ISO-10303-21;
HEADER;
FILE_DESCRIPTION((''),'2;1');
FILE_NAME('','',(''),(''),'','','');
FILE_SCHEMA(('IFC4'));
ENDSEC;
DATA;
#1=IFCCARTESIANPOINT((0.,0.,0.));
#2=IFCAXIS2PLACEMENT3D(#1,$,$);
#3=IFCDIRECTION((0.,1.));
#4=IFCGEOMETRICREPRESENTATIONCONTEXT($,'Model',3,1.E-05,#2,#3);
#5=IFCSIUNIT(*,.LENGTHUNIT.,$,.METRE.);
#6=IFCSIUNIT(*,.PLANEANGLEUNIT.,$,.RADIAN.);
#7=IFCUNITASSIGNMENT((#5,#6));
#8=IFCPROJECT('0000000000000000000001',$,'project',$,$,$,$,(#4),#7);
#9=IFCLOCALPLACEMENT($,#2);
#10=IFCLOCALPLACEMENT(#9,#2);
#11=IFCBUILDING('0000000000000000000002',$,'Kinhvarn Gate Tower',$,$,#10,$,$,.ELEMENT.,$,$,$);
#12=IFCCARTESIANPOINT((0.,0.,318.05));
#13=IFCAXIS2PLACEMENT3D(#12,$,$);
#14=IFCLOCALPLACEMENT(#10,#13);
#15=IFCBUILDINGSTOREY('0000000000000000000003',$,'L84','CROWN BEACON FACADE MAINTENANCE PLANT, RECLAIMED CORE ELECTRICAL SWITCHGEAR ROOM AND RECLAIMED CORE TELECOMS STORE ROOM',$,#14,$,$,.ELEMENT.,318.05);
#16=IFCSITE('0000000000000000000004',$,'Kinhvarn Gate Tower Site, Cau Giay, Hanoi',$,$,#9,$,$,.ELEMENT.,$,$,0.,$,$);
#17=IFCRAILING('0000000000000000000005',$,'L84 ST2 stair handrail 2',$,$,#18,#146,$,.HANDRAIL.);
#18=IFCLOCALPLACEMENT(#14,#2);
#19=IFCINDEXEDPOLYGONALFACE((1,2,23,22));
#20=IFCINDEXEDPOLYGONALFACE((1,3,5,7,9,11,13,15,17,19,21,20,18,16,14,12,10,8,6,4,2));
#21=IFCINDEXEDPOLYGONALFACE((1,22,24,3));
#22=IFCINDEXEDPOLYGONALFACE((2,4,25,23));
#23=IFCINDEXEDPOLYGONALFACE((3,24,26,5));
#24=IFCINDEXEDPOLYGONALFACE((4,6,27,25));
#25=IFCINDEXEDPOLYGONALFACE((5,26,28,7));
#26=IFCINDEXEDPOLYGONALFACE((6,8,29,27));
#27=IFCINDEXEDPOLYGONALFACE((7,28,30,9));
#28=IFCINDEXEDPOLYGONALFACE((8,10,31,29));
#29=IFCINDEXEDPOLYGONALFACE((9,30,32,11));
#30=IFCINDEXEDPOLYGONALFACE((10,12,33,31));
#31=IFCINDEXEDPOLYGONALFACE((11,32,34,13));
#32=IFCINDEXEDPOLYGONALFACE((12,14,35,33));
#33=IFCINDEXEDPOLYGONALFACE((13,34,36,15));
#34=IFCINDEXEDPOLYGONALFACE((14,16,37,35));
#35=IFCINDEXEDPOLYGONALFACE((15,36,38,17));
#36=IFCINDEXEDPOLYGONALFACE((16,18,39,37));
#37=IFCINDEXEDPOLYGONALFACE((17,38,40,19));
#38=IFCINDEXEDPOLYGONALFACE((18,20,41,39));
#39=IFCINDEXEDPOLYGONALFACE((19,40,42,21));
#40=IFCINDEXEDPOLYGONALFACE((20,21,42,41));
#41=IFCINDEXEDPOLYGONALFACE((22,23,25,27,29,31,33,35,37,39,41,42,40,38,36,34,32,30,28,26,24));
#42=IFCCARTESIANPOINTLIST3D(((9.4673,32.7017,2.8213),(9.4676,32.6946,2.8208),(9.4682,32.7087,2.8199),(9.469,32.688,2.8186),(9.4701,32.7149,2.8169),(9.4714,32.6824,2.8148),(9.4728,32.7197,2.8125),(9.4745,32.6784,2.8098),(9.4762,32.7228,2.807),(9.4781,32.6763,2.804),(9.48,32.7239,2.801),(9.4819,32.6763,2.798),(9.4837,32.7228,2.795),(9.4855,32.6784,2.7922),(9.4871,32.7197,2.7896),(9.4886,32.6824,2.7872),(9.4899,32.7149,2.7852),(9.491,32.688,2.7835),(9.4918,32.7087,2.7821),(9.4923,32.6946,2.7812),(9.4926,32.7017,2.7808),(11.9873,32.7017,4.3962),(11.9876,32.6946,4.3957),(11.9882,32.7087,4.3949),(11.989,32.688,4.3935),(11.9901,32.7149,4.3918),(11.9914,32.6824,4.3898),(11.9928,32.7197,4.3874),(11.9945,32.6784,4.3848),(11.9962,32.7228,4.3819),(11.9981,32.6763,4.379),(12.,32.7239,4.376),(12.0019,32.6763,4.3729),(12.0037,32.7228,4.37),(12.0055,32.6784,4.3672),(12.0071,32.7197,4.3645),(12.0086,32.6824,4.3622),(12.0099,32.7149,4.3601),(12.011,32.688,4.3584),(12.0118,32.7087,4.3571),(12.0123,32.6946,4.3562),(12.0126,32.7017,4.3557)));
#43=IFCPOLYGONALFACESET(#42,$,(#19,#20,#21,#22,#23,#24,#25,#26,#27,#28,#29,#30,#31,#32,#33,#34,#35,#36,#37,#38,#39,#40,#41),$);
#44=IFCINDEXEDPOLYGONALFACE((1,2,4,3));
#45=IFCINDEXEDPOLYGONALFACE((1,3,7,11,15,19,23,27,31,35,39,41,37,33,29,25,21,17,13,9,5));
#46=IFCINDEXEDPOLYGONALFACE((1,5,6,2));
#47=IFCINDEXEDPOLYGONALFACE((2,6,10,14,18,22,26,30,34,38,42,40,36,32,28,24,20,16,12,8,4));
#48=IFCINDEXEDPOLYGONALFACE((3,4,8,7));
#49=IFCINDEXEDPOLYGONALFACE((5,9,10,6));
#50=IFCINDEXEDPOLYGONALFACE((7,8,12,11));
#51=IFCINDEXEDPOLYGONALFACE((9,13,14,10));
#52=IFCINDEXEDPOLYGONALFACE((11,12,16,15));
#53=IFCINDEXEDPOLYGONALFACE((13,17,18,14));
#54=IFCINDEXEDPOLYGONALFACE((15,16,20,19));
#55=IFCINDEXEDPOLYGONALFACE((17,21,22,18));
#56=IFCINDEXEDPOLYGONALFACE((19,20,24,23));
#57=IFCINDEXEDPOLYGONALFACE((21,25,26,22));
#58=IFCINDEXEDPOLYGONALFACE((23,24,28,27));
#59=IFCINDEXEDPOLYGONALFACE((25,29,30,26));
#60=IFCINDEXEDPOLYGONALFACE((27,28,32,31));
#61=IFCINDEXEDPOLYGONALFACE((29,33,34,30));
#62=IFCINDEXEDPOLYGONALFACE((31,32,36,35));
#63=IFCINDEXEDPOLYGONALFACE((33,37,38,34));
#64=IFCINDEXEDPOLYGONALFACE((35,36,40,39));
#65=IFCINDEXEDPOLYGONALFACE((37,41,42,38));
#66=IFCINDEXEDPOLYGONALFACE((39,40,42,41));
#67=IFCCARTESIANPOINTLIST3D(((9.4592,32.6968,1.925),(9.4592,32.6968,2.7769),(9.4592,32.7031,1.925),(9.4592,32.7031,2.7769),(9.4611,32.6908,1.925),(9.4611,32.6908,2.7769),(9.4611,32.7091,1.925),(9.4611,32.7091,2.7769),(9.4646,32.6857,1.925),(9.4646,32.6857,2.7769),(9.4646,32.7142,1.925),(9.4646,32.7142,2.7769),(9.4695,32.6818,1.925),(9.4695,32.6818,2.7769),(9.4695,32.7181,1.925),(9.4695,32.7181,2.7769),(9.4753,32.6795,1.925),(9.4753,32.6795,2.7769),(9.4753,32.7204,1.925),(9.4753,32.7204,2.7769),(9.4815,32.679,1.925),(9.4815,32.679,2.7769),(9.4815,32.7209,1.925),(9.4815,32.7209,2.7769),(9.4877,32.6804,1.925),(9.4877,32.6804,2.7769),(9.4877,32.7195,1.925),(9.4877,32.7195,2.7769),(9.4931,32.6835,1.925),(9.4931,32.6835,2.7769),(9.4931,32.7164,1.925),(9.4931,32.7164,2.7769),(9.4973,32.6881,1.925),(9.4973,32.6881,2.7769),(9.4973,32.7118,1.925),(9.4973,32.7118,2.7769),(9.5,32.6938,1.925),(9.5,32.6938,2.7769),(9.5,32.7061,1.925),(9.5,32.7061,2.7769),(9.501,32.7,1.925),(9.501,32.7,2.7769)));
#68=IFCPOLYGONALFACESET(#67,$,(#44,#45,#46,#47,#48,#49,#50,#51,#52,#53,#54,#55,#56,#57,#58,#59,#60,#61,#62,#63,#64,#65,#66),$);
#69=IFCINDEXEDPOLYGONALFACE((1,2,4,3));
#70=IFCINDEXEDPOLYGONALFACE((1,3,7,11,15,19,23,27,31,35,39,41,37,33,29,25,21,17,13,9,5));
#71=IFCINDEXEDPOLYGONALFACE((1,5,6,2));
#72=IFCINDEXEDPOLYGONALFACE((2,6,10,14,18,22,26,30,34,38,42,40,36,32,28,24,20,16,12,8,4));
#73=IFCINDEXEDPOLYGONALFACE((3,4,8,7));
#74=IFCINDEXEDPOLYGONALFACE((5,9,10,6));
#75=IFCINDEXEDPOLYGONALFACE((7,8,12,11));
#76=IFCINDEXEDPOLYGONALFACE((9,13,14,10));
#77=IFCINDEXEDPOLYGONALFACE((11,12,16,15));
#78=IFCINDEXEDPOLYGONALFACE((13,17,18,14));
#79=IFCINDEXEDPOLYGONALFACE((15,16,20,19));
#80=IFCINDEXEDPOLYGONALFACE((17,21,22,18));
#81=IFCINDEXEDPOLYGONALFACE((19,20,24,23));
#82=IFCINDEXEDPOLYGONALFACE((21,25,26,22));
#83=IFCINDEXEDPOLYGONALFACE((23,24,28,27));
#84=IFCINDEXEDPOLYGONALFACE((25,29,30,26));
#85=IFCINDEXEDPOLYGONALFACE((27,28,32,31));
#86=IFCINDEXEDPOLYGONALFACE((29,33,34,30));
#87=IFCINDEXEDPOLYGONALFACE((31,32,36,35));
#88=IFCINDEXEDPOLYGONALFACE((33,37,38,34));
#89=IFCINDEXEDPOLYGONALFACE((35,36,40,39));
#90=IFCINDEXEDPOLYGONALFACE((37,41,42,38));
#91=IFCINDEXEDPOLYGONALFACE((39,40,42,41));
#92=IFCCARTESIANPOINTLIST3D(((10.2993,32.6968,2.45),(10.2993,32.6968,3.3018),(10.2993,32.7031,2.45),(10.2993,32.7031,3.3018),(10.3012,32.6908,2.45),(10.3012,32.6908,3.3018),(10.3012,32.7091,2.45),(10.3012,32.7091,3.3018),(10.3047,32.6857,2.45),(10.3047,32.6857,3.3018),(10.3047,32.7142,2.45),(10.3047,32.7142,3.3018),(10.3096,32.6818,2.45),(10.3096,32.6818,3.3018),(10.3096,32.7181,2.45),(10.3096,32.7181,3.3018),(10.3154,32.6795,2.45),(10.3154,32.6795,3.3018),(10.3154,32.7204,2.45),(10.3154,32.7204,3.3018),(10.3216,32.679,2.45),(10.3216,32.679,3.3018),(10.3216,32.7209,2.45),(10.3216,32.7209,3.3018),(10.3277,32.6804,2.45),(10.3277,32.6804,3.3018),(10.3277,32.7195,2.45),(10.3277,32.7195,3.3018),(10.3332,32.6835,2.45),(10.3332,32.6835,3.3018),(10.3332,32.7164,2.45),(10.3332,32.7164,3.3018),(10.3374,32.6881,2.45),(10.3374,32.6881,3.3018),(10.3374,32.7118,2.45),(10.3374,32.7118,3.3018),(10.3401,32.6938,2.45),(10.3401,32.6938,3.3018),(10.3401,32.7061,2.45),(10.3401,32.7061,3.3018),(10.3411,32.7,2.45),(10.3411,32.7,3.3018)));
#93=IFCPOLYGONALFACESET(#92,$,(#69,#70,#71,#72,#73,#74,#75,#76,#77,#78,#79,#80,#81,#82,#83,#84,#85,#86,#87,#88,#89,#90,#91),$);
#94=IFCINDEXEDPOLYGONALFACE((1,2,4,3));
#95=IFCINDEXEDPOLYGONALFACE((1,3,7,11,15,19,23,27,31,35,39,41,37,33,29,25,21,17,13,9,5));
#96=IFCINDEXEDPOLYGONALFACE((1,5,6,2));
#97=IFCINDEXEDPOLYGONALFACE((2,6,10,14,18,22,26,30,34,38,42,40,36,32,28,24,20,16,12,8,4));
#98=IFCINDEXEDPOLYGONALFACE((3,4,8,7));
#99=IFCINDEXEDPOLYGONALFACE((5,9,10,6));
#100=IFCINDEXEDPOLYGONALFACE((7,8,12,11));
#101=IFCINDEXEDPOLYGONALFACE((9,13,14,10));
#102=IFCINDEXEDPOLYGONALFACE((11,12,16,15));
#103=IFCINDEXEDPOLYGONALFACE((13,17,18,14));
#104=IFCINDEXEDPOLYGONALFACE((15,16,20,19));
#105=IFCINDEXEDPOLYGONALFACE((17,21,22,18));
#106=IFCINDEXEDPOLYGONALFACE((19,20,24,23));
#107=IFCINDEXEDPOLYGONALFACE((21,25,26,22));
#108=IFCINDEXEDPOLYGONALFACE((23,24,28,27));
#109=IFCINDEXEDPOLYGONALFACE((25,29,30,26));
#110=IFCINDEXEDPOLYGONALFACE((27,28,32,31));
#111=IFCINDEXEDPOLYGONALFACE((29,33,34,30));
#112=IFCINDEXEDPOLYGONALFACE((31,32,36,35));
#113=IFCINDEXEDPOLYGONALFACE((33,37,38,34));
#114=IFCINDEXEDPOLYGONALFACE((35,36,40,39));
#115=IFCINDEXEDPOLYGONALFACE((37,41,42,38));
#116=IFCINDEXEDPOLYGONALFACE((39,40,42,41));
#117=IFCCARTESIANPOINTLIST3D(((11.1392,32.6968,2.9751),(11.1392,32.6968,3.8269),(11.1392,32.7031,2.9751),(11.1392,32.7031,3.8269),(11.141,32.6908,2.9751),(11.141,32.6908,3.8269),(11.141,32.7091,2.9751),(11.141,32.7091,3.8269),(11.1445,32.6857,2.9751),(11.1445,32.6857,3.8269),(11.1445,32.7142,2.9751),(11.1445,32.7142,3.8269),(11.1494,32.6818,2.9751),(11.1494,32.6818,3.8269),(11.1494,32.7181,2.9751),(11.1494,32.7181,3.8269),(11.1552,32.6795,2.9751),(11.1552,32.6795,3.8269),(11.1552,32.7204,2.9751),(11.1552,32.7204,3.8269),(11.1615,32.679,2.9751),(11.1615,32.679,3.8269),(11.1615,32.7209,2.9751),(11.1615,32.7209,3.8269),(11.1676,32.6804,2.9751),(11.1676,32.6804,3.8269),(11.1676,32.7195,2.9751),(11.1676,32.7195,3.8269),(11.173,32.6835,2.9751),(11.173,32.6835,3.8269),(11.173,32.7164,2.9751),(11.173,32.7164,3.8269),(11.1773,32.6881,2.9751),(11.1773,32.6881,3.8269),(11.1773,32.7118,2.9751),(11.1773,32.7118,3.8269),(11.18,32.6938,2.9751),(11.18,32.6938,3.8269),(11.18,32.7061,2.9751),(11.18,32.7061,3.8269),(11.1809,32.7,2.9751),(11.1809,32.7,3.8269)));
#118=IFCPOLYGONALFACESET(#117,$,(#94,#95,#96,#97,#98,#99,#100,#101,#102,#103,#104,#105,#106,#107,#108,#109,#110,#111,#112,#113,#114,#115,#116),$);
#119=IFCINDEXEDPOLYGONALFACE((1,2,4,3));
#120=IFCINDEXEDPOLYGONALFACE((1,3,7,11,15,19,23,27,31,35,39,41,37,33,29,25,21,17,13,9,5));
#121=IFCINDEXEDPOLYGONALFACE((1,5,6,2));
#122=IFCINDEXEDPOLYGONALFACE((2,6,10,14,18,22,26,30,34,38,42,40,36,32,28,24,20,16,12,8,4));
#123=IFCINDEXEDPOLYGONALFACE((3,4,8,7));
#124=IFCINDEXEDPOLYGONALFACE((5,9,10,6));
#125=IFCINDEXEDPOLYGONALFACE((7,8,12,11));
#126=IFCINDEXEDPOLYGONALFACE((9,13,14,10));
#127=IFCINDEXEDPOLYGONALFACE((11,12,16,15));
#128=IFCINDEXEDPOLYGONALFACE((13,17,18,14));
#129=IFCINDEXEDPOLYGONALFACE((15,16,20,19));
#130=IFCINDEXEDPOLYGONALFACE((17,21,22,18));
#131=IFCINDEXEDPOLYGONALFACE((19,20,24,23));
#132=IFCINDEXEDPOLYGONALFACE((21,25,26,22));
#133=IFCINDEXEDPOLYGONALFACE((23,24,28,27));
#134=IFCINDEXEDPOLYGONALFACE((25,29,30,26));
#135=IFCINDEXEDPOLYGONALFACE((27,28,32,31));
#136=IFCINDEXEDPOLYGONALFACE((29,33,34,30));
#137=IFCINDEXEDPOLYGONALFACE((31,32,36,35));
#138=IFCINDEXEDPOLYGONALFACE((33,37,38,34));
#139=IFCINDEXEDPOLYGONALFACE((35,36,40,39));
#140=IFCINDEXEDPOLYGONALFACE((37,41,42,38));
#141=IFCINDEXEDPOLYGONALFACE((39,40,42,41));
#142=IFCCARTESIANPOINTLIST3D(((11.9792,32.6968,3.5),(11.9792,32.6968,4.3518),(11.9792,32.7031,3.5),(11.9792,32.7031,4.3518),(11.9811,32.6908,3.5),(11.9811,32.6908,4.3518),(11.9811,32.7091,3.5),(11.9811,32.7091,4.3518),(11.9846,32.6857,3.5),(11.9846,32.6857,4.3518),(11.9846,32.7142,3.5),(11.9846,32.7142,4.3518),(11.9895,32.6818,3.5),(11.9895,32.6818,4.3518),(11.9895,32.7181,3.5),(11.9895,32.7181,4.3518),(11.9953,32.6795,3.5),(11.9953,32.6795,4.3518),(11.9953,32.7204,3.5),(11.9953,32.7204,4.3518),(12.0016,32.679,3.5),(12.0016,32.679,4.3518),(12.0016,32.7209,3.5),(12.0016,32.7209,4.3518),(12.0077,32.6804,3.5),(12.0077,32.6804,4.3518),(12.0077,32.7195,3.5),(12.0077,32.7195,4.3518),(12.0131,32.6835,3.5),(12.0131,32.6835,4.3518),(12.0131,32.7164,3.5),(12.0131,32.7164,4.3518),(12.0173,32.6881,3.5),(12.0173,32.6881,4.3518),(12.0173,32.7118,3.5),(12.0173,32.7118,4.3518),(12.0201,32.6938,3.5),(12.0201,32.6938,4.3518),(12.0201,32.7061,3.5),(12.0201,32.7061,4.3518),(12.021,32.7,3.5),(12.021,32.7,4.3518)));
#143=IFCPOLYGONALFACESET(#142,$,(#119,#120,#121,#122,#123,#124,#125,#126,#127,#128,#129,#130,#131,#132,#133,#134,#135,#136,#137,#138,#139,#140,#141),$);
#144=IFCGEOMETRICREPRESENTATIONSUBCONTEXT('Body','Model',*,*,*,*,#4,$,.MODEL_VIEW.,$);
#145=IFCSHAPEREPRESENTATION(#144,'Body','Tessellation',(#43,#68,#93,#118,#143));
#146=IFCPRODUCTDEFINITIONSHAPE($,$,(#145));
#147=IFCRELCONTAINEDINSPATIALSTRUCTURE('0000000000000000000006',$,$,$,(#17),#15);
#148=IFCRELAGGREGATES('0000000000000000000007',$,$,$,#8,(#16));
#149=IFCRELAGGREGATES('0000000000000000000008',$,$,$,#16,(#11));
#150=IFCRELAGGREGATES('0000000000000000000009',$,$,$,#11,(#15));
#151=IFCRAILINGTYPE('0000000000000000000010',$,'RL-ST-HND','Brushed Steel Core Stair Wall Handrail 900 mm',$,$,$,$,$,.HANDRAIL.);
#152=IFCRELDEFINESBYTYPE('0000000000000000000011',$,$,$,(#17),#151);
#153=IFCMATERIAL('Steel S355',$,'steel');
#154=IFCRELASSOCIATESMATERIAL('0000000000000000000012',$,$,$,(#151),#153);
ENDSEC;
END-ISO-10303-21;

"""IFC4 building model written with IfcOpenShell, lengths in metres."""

from ifc_helpers import new_model, si_unit, direction, frame, origin, origin_2d, place, context, subcontext, project, spatial, circle, extrude, material, type_object, element, save


model = new_model("IFC4")

# Units and contexts
model_context = context("Model", 3, precision=1e-05, world=origin(), true_north=direction((0.0, 1.0)))
body_context = subcontext(model_context, "Body", "Model", "MODEL_VIEW")
ifc_project = project(units=[si_unit("LENGTHUNIT", "METRE"), si_unit("PLANEANGLEUNIT", "RADIAN")], contexts=[model_context])

# Site, building, storey
site_placement = place(None, origin())
site = spatial("IfcSite", under=ifc_project, at=site_placement, Name="Kinhvarn Gate Tower Site, Cau Giay, Hanoi", CompositionType="ELEMENT", RefElevation=0.0)
building_placement = place(site_placement, origin())
building = spatial("IfcBuilding", under=site, at=building_placement, Name="Kinhvarn Gate Tower", CompositionType="ELEMENT")
storey_placement = place(building_placement, frame((0.0, 0.0, 318.05)))
storey = spatial("IfcBuildingStorey", under=building, at=storey_placement, Name="L84", Description="CROWN BEACON FACADE MAINTENANCE PLANT, RECLAIMED CORE ELECTRICAL SWITCHGEAR ROOM AND RECLAIMED CORE TELECOMS STORE ROOM", CompositionType="ELEMENT", Elevation=318.05)

# Railing
ifc_material_1 = material(Name="Steel S355", Category="steel")
railing_type = type_object("IfcRailingType", Name="RL-ST-HND", Description="Brushed Steel Core Stair Wall Handrail 900 mm", PredefinedType="HANDRAIL", material=ifc_material_1)
railing_placement = place(storey_placement, frame((9.48, 32.7, 1.925)))
element("IfcRailing", 1, at=railing_placement, inside=storey, type_object=railing_type, Name="L84 ST2 stair handrail 2", PredefinedType="HANDRAIL", context=body_context, shape_type="SweptSolid", body=[
    extrude(circle(Radius=0.0239, at=origin_2d()), frame((0.0, 0.0, 0.876), z_axis=(0.848008, 0.0, 0.529984), x_axis=(0.0, 1.0, 0.0)), (0.0, 0.0, 1.0), 2.9717),
    extrude(circle(Radius=0.021, at=origin_2d()), origin(), (0.0, 0.0, 1.0), 0.8518),
    extrude(circle(Radius=0.021, at=origin_2d()), frame((0.8401, 0.0, 0.5249)), (0.0, 0.0, 1.0), 0.8518),
    extrude(circle(Radius=0.021, at=origin_2d()), frame((1.6799, 0.0, 1.05)), (0.0, 0.0, 1.0), 0.8518),
    extrude(circle(Radius=0.021, at=origin_2d()), frame((2.52, 0.0, 1.575)), (0.0, 0.0, 1.0), 0.8518),
])

save(model, "model.ifc")
